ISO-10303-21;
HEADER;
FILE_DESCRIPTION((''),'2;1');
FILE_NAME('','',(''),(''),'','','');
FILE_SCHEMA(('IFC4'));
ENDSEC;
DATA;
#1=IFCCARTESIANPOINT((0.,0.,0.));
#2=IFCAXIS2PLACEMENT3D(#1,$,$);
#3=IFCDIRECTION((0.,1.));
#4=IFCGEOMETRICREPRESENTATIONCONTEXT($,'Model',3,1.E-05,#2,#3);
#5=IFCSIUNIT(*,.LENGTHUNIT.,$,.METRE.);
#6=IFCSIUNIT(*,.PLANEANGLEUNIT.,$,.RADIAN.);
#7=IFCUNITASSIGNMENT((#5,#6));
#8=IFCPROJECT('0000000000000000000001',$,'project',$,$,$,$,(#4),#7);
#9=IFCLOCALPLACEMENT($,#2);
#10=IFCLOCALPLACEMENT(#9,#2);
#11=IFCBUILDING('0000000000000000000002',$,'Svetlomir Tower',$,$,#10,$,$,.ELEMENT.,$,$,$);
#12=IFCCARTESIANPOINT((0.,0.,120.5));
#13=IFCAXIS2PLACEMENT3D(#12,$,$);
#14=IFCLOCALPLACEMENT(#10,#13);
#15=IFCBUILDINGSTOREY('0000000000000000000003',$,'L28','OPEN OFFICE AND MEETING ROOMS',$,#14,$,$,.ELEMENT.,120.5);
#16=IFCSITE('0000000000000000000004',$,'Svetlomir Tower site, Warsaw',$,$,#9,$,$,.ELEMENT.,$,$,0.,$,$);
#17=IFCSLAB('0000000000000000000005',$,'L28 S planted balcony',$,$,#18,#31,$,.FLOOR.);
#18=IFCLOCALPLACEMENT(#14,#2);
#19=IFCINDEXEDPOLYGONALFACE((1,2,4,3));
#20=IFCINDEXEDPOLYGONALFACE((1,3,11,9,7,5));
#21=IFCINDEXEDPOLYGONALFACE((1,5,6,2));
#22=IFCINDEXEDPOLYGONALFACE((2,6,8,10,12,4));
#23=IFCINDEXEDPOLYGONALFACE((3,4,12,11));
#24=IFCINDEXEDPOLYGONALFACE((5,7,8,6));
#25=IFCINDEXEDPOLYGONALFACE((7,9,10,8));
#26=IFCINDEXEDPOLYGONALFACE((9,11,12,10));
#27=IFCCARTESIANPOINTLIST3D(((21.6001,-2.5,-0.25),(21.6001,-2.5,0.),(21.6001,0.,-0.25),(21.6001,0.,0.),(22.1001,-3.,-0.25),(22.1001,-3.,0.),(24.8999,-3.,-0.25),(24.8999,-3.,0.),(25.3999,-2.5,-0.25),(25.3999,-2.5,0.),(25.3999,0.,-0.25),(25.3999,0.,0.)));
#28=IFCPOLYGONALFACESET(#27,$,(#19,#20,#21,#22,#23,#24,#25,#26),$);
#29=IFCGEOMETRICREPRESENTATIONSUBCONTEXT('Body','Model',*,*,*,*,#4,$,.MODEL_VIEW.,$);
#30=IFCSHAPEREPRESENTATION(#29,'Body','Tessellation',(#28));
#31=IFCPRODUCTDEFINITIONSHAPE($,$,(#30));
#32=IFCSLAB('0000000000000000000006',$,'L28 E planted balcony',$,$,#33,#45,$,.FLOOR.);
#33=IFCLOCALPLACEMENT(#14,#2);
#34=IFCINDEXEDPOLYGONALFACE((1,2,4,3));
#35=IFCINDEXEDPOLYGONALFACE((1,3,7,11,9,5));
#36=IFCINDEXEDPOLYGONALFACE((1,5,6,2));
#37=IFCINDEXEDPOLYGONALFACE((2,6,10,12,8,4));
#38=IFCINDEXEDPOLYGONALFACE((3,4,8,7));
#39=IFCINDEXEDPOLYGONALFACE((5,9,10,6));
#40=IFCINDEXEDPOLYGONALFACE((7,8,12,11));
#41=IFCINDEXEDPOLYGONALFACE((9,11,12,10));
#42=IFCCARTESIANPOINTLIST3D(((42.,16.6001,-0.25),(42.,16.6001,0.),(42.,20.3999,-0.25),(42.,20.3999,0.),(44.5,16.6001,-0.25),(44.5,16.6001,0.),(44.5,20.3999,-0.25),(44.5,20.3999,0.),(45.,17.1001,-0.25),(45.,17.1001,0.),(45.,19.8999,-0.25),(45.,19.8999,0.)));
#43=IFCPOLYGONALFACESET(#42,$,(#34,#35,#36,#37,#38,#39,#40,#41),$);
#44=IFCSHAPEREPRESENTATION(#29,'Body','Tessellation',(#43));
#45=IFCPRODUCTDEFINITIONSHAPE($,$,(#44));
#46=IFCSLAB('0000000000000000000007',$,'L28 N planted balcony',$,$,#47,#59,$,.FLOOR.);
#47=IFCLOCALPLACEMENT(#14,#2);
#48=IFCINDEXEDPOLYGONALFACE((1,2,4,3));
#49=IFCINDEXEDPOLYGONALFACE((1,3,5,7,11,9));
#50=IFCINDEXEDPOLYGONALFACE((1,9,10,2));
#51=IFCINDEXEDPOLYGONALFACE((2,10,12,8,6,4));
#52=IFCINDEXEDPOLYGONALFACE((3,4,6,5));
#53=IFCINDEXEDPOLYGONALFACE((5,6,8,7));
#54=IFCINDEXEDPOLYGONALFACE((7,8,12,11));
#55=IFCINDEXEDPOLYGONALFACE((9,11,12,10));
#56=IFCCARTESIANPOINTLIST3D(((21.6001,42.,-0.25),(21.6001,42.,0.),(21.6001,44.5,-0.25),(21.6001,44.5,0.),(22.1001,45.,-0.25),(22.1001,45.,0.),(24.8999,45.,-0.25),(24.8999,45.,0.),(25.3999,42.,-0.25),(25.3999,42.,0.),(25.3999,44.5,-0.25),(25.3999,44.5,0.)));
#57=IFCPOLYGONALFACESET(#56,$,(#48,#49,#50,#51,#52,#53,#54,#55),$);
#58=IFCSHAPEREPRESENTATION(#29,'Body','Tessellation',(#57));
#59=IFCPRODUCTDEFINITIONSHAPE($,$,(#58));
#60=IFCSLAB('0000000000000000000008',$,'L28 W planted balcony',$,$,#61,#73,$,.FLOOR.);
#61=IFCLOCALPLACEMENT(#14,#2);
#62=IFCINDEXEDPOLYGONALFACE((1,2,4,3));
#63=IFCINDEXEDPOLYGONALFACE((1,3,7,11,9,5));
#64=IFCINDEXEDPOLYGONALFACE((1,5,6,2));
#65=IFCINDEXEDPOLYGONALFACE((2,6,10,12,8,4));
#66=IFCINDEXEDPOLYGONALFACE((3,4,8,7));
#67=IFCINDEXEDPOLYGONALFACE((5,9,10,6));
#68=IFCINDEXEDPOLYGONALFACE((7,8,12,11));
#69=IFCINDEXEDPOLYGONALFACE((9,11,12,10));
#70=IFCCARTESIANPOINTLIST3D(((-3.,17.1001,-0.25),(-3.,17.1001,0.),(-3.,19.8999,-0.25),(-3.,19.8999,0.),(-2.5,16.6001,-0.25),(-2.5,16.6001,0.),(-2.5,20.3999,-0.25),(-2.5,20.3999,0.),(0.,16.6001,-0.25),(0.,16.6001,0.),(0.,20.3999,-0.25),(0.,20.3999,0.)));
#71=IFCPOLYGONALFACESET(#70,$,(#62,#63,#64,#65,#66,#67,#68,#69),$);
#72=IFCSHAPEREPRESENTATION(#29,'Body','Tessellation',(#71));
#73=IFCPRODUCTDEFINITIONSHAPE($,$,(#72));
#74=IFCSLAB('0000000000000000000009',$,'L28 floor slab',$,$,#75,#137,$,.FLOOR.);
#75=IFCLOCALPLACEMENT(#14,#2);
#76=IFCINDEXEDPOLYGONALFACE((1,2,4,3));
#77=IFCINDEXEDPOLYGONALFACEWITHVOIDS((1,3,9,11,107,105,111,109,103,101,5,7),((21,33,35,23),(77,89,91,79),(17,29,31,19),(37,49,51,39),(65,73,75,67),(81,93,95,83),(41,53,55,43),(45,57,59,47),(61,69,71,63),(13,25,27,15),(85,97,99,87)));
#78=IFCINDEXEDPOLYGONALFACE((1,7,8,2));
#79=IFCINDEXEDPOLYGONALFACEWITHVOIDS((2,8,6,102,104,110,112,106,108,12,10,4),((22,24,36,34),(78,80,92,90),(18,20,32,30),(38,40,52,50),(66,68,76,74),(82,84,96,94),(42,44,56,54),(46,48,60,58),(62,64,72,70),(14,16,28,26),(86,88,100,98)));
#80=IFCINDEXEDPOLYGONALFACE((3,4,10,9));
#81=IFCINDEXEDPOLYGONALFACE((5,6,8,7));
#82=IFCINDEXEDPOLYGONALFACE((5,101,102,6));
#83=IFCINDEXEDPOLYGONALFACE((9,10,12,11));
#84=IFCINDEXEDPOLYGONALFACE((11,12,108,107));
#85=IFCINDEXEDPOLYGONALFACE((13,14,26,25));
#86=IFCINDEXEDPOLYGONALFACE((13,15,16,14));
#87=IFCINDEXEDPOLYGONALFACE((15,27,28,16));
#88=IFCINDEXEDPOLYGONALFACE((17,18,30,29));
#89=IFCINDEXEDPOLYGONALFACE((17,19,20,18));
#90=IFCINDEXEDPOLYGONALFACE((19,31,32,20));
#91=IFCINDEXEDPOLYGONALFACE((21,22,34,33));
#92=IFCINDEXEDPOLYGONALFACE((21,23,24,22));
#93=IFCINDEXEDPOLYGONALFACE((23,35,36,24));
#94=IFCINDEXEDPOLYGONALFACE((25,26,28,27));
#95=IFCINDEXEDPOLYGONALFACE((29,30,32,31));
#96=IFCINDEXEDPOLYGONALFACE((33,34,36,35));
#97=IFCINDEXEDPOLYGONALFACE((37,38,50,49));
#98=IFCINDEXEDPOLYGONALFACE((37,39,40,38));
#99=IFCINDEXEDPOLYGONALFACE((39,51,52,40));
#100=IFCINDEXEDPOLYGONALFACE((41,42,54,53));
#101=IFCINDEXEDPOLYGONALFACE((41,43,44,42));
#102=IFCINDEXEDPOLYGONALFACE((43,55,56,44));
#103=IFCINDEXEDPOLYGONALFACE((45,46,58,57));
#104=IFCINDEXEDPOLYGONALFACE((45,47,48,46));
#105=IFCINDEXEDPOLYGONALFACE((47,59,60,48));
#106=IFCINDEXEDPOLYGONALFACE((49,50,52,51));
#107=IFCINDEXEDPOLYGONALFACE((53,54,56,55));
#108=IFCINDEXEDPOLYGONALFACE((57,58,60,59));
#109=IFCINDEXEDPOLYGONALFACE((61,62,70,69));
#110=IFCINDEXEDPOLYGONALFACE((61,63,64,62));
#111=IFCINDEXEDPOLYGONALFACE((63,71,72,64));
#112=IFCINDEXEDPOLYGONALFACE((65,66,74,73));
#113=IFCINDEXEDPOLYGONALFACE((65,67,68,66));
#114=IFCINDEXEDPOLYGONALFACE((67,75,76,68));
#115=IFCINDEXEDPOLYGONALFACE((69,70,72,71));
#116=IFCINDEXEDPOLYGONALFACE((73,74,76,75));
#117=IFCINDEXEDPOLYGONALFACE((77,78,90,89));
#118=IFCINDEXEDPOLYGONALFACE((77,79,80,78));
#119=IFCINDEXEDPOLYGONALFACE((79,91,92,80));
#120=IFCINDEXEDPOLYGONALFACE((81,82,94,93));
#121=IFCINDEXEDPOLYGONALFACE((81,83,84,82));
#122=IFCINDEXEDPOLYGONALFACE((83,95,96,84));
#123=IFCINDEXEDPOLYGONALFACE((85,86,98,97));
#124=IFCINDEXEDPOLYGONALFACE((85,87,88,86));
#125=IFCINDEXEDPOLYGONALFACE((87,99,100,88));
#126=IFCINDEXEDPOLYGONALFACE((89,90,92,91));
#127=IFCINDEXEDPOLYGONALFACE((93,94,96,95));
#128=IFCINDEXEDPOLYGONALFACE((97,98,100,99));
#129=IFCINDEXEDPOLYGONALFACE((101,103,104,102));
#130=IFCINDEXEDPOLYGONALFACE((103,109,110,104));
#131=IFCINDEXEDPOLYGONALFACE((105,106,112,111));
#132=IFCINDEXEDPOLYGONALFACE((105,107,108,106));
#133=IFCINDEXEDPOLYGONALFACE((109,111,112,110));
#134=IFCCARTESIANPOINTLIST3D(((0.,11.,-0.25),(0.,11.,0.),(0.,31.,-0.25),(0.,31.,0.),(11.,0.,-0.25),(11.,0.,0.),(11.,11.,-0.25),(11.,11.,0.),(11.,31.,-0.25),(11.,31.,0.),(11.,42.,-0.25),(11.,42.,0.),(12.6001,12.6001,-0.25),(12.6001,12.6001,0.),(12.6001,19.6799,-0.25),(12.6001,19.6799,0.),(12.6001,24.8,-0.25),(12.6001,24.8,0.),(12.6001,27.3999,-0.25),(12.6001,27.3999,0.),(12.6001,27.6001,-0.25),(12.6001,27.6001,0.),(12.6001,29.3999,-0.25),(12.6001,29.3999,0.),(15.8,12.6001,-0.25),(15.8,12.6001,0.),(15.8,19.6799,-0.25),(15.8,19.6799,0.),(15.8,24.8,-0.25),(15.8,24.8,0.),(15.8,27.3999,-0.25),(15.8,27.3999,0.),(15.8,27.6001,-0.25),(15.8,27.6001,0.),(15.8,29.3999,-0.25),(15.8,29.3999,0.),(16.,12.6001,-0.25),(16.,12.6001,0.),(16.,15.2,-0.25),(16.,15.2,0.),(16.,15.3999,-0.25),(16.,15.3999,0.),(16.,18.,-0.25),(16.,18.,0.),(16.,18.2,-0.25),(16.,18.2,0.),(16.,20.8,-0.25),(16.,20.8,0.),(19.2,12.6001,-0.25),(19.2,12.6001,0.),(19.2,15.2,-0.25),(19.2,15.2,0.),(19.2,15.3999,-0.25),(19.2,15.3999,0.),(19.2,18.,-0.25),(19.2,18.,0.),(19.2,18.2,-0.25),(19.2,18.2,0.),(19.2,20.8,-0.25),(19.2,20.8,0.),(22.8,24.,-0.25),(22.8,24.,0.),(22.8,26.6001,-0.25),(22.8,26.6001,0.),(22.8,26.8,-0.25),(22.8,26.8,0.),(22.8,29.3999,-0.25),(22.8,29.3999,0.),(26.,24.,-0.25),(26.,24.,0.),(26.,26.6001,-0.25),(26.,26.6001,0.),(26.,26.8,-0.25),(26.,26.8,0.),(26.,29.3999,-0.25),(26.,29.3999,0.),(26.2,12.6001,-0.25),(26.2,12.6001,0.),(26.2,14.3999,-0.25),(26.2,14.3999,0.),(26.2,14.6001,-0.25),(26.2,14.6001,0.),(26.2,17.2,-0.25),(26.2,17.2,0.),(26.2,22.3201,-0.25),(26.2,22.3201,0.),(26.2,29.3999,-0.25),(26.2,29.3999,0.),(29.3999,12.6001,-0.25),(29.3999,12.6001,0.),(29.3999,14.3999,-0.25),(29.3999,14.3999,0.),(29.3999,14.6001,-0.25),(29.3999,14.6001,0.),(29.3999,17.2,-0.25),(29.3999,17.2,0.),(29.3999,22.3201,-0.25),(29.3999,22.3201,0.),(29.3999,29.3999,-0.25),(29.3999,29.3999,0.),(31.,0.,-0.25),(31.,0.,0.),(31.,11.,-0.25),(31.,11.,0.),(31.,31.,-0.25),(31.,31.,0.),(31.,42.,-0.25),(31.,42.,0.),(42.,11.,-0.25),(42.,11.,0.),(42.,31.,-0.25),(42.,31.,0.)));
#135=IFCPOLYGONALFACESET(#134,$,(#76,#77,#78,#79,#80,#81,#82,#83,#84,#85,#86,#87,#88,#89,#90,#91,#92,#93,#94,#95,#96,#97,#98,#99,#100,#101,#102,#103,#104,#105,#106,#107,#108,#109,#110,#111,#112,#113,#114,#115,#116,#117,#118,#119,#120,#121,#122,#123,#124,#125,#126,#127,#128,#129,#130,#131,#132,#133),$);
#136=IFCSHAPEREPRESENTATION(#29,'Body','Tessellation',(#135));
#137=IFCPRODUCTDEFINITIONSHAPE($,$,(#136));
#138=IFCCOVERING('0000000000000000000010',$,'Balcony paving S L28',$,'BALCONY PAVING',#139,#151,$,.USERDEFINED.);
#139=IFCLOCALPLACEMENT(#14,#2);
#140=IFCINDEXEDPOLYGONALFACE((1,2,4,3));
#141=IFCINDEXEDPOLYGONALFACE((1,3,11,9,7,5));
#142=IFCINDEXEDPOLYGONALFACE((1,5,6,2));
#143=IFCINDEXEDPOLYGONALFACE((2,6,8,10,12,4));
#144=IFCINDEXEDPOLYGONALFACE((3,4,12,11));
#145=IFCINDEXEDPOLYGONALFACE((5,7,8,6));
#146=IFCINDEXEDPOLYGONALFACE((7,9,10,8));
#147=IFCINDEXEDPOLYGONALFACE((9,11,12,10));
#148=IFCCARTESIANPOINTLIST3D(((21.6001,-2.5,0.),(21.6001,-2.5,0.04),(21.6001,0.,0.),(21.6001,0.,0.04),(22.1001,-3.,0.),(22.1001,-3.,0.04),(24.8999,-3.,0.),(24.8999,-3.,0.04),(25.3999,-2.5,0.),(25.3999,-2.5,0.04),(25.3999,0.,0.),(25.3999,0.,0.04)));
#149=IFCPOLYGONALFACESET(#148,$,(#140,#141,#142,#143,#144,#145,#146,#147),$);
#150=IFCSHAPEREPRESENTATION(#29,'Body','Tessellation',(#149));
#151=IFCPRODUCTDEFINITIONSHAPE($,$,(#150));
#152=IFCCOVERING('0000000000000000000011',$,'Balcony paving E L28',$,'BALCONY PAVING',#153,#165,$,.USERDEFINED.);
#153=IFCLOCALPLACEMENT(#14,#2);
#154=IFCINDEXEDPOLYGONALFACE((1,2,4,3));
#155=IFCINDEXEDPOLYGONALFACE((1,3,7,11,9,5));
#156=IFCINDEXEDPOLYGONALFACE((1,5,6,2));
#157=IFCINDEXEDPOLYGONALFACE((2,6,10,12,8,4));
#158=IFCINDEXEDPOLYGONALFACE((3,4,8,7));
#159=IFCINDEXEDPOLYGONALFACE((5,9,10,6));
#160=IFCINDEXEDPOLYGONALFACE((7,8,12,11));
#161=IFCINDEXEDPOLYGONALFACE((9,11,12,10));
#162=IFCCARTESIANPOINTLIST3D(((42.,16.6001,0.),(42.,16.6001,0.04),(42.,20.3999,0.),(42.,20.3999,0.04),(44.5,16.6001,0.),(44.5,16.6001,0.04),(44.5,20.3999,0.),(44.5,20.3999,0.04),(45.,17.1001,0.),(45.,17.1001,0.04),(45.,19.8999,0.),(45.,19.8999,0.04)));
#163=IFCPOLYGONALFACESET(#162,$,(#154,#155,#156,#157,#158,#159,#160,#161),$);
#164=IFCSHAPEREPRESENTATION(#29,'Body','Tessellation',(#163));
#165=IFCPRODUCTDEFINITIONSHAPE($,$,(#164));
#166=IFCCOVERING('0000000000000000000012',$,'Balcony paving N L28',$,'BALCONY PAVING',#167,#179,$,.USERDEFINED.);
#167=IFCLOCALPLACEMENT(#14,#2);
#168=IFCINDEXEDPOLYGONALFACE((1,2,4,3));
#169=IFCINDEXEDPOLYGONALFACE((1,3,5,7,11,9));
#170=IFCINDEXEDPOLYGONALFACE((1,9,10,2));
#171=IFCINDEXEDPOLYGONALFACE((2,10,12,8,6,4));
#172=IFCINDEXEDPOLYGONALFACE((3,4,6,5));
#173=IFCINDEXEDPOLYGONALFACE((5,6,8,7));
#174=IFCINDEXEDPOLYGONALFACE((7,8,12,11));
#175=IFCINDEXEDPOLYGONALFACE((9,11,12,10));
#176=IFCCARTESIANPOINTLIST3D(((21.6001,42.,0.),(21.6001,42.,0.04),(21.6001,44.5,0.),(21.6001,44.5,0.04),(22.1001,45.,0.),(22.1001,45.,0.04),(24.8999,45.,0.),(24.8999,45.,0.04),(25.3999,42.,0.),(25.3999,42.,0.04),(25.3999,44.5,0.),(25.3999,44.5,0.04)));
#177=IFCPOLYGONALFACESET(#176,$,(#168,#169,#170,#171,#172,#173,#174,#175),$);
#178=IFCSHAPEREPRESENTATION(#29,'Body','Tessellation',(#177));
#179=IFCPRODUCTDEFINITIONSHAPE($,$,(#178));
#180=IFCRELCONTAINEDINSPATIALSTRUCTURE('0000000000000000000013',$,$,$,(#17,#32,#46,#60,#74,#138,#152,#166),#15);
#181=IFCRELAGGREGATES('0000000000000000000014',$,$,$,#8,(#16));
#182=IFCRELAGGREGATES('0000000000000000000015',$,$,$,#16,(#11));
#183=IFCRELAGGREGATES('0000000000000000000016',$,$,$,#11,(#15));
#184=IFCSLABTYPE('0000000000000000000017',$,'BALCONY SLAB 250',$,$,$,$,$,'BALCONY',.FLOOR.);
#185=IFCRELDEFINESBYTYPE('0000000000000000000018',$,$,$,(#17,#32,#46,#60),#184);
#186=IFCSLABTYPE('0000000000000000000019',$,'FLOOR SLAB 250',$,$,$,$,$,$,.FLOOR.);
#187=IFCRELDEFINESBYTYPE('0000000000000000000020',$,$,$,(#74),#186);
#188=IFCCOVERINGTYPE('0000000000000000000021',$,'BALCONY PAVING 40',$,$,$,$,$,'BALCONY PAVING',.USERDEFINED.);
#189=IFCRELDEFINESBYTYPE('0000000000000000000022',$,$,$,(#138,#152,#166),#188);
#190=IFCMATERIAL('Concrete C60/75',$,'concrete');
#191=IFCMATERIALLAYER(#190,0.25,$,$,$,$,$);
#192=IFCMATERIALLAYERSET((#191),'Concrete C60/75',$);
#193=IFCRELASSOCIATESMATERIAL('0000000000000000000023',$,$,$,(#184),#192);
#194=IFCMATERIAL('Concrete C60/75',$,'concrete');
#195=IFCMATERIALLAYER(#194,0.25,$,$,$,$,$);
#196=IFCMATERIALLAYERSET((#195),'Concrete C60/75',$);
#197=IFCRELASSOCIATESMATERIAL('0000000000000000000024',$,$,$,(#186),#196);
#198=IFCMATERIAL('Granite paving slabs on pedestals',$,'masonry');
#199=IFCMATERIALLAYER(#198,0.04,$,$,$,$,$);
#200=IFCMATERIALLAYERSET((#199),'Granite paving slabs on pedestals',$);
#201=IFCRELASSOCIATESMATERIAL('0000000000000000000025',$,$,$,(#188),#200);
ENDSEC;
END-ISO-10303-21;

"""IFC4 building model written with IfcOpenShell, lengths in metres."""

from ifc_helpers import new_model, si_unit, direction, frame, origin, place, context, subcontext, project, spatial, polyline, outline, extrude, material, layer, layer_set, type_object, element, save


model = new_model("IFC4")

# Units and contexts
model_context = context("Model", 3, precision=1e-05, world=origin(), true_north=direction((0.0, 1.0)))
body_context = subcontext(model_context, "Body", "Model", "MODEL_VIEW")
ifc_project = project(units=[si_unit("LENGTHUNIT", "METRE"), si_unit("PLANEANGLEUNIT", "RADIAN")], contexts=[model_context])

# Site, building, storey
site_placement = place(None, origin())
site = spatial("IfcSite", under=ifc_project, at=site_placement, Name="Svetlomir Tower site, Warsaw", CompositionType="ELEMENT", RefElevation=0.0)
building_placement = place(site_placement, origin())
building = spatial("IfcBuilding", under=site, at=building_placement, Name="Svetlomir Tower", CompositionType="ELEMENT")
storey_placement = place(building_placement, frame((0.0, 0.0, 120.5)))
storey = spatial("IfcBuildingStorey", under=building, at=storey_placement, Name="L28", Description="OPEN OFFICE AND MEETING ROOMS", CompositionType="ELEMENT", Elevation=120.5)

# Slabs
ifc_material_1 = material(Name="Concrete C60/75", Category="concrete")
ifc_layer_1 = layer(ifc_material_1, 0.25)
ifc_layer_set_1 = layer_set([ifc_layer_1], Name="Concrete C60/75")
slab_type_1 = type_object("IfcSlabType", Name="BALCONY SLAB 250", ElementType="BALCONY", PredefinedType="FLOOR", material=ifc_layer_set_1)
slab_1_placement = place(storey_placement, frame((0.0, 0.0, -0.25)))
element("IfcSlab", 1, at=slab_1_placement, inside=storey, type_object=slab_type_1, Name="L28 S planted balcony", PredefinedType="FLOOR", context=body_context, shape_type="SweptSolid", body=[
    extrude(outline(polyline([(21.6001, -2.5), (22.1001, -3.0), (24.8999, -3.0), (25.3999, -2.5), (25.3999, 0.0), (21.6001, 0.0), (21.6001, -2.5)])), origin(), (0.0, 0.0, 1.0), 0.25),
])
slab_2_placement = place(storey_placement, frame((0.0, 0.0, -0.25)))
element("IfcSlab", 2, at=slab_2_placement, inside=storey, type_object=slab_type_1, Name="L28 E planted balcony", PredefinedType="FLOOR", context=body_context, shape_type="SweptSolid", body=[
    extrude(outline(polyline([(42.0, 16.6001), (44.5, 16.6001), (45.0, 17.1001), (45.0, 19.8999), (44.5, 20.3999), (42.0, 20.3999), (42.0, 16.6001)])), origin(), (0.0, 0.0, 1.0), 0.25),
])
slab_3_placement = place(storey_placement, frame((0.0, 0.0, -0.25)))
element("IfcSlab", 3, at=slab_3_placement, inside=storey, type_object=slab_type_1, Name="L28 N planted balcony", PredefinedType="FLOOR", context=body_context, shape_type="SweptSolid", body=[
    extrude(outline(polyline([(21.6001, 42.0), (25.3999, 42.0), (25.3999, 44.5), (24.8999, 45.0), (22.1001, 45.0), (21.6001, 44.5), (21.6001, 42.0)])), origin(), (0.0, 0.0, 1.0), 0.25),
])
slab_4_placement = place(storey_placement, frame((0.0, 0.0, -0.25)))
element("IfcSlab", 4, at=slab_4_placement, inside=storey, type_object=slab_type_1, Name="L28 W planted balcony", PredefinedType="FLOOR", context=body_context, shape_type="SweptSolid", body=[
    extrude(outline(polyline([(-2.5, 16.6001), (0.0, 16.6001), (0.0, 20.3999), (-2.5, 20.3999), (-3.0, 19.8999), (-3.0, 17.1001), (-2.5, 16.6001)])), origin(), (0.0, 0.0, 1.0), 0.25),
])
ifc_material_2 = material(Name="Concrete C60/75", Category="concrete")
ifc_layer_2 = layer(ifc_material_2, 0.25)
ifc_layer_set_2 = layer_set([ifc_layer_2], Name="Concrete C60/75")
slab_type_2 = type_object("IfcSlabType", Name="FLOOR SLAB 250", PredefinedType="FLOOR", material=ifc_layer_set_2)
slab_5_placement = place(storey_placement, frame((0.0, 0.0, -0.25)))
element("IfcSlab", 5, at=slab_5_placement, inside=storey, type_object=slab_type_2, Name="L28 floor slab", PredefinedType="FLOOR", context=body_context, shape_type="SweptSolid", body=[
    extrude(outline(polyline([(11.0, 0.0), (31.0, 0.0), (31.0, 11.0), (42.0, 11.0), (42.0, 31.0), (31.0, 31.0), (31.0, 42.0), (11.0, 42.0), (11.0, 31.0), (0.0, 31.0), (0.0, 11.0), (11.0, 11.0), (11.0, 0.0)]), holes=[polyline([(12.6001, 24.8), (15.8, 24.8), (15.8, 27.3999), (12.6001, 27.3999), (12.6001, 24.8)]), polyline([(26.2, 14.6001), (29.3999, 14.6001), (29.3999, 17.2), (26.2, 17.2), (26.2, 14.6001)]), polyline([(16.0, 12.6001), (19.2, 12.6001), (19.2, 15.2), (16.0, 15.2), (16.0, 12.6001)]), polyline([(16.0, 15.3999), (19.2, 15.3999), (19.2, 18.0), (16.0, 18.0), (16.0, 15.3999)]), polyline([(16.0, 18.2), (19.2, 18.2), (19.2, 20.8), (16.0, 20.8), (16.0, 18.2)]), polyline([(22.8, 24.0), (26.0, 24.0), (26.0, 26.6001), (22.8, 26.6001), (22.8, 24.0)]), polyline([(22.8, 26.8), (26.0, 26.8), (26.0, 29.3999), (22.8, 29.3999), (22.8, 26.8)]), polyline([(12.6001, 27.6001), (15.8, 27.6001), (15.8, 29.3999), (12.6001, 29.3999), (12.6001, 27.6001)]), polyline([(26.2, 12.6001), (29.3999, 12.6001), (29.3999, 14.3999), (26.2, 14.3999), (26.2, 12.6001)]), polyline([(12.6001, 12.6001), (15.8, 12.6001), (15.8, 19.6799), (12.6001, 19.6799), (12.6001, 12.6001)]), polyline([(26.2, 22.3201), (29.3999, 22.3201), (29.3999, 29.3999), (26.2, 29.3999), (26.2, 22.3201)])]), origin(), (0.0, 0.0, 1.0), 0.25),
])

# Coverings
ifc_material_3 = material(Name="Granite paving slabs on pedestals", Category="masonry")
ifc_layer_3 = layer(ifc_material_3, 0.04)
ifc_layer_set_3 = layer_set([ifc_layer_3], Name="Granite paving slabs on pedestals")
covering_type_1 = type_object("IfcCoveringType", Name="BALCONY PAVING 40", ElementType="BALCONY PAVING", PredefinedType="USERDEFINED", material=ifc_layer_set_3)
covering_1_placement = place(storey_placement, origin())
element("IfcCovering", 6, at=covering_1_placement, inside=storey, type_object=covering_type_1, Name="Balcony paving S L28", ObjectType="BALCONY PAVING", PredefinedType="USERDEFINED", context=body_context, shape_type="SweptSolid", body=[
    extrude(outline(polyline([(21.6001, -2.5), (22.1001, -3.0), (24.8999, -3.0), (25.3999, -2.5), (25.3999, 0.0), (21.6001, 0.0), (21.6001, -2.5)])), origin(), (0.0, 0.0, 1.0), 0.04),
])
covering_2_placement = place(storey_placement, origin())
element("IfcCovering", 7, at=covering_2_placement, inside=storey, type_object=covering_type_1, Name="Balcony paving E L28", ObjectType="BALCONY PAVING", PredefinedType="USERDEFINED", context=body_context, shape_type="SweptSolid", body=[
    extrude(outline(polyline([(42.0, 16.6001), (44.5, 16.6001), (45.0, 17.1001), (45.0, 19.8999), (44.5, 20.3999), (42.0, 20.3999), (42.0, 16.6001)])), origin(), (0.0, 0.0, 1.0), 0.04),
])
covering_3_placement = place(storey_placement, origin())
element("IfcCovering", 8, at=covering_3_placement, inside=storey, type_object=covering_type_1, Name="Balcony paving N L28", ObjectType="BALCONY PAVING", PredefinedType="USERDEFINED", context=body_context, shape_type="SweptSolid", body=[
    extrude(outline(polyline([(21.6001, 42.0), (25.3999, 42.0), (25.3999, 44.5), (24.8999, 45.0), (22.1001, 45.0), (21.6001, 44.5), (21.6001, 42.0)])), origin(), (0.0, 0.0, 1.0), 0.04),
])

save(model, "model.ifc")
